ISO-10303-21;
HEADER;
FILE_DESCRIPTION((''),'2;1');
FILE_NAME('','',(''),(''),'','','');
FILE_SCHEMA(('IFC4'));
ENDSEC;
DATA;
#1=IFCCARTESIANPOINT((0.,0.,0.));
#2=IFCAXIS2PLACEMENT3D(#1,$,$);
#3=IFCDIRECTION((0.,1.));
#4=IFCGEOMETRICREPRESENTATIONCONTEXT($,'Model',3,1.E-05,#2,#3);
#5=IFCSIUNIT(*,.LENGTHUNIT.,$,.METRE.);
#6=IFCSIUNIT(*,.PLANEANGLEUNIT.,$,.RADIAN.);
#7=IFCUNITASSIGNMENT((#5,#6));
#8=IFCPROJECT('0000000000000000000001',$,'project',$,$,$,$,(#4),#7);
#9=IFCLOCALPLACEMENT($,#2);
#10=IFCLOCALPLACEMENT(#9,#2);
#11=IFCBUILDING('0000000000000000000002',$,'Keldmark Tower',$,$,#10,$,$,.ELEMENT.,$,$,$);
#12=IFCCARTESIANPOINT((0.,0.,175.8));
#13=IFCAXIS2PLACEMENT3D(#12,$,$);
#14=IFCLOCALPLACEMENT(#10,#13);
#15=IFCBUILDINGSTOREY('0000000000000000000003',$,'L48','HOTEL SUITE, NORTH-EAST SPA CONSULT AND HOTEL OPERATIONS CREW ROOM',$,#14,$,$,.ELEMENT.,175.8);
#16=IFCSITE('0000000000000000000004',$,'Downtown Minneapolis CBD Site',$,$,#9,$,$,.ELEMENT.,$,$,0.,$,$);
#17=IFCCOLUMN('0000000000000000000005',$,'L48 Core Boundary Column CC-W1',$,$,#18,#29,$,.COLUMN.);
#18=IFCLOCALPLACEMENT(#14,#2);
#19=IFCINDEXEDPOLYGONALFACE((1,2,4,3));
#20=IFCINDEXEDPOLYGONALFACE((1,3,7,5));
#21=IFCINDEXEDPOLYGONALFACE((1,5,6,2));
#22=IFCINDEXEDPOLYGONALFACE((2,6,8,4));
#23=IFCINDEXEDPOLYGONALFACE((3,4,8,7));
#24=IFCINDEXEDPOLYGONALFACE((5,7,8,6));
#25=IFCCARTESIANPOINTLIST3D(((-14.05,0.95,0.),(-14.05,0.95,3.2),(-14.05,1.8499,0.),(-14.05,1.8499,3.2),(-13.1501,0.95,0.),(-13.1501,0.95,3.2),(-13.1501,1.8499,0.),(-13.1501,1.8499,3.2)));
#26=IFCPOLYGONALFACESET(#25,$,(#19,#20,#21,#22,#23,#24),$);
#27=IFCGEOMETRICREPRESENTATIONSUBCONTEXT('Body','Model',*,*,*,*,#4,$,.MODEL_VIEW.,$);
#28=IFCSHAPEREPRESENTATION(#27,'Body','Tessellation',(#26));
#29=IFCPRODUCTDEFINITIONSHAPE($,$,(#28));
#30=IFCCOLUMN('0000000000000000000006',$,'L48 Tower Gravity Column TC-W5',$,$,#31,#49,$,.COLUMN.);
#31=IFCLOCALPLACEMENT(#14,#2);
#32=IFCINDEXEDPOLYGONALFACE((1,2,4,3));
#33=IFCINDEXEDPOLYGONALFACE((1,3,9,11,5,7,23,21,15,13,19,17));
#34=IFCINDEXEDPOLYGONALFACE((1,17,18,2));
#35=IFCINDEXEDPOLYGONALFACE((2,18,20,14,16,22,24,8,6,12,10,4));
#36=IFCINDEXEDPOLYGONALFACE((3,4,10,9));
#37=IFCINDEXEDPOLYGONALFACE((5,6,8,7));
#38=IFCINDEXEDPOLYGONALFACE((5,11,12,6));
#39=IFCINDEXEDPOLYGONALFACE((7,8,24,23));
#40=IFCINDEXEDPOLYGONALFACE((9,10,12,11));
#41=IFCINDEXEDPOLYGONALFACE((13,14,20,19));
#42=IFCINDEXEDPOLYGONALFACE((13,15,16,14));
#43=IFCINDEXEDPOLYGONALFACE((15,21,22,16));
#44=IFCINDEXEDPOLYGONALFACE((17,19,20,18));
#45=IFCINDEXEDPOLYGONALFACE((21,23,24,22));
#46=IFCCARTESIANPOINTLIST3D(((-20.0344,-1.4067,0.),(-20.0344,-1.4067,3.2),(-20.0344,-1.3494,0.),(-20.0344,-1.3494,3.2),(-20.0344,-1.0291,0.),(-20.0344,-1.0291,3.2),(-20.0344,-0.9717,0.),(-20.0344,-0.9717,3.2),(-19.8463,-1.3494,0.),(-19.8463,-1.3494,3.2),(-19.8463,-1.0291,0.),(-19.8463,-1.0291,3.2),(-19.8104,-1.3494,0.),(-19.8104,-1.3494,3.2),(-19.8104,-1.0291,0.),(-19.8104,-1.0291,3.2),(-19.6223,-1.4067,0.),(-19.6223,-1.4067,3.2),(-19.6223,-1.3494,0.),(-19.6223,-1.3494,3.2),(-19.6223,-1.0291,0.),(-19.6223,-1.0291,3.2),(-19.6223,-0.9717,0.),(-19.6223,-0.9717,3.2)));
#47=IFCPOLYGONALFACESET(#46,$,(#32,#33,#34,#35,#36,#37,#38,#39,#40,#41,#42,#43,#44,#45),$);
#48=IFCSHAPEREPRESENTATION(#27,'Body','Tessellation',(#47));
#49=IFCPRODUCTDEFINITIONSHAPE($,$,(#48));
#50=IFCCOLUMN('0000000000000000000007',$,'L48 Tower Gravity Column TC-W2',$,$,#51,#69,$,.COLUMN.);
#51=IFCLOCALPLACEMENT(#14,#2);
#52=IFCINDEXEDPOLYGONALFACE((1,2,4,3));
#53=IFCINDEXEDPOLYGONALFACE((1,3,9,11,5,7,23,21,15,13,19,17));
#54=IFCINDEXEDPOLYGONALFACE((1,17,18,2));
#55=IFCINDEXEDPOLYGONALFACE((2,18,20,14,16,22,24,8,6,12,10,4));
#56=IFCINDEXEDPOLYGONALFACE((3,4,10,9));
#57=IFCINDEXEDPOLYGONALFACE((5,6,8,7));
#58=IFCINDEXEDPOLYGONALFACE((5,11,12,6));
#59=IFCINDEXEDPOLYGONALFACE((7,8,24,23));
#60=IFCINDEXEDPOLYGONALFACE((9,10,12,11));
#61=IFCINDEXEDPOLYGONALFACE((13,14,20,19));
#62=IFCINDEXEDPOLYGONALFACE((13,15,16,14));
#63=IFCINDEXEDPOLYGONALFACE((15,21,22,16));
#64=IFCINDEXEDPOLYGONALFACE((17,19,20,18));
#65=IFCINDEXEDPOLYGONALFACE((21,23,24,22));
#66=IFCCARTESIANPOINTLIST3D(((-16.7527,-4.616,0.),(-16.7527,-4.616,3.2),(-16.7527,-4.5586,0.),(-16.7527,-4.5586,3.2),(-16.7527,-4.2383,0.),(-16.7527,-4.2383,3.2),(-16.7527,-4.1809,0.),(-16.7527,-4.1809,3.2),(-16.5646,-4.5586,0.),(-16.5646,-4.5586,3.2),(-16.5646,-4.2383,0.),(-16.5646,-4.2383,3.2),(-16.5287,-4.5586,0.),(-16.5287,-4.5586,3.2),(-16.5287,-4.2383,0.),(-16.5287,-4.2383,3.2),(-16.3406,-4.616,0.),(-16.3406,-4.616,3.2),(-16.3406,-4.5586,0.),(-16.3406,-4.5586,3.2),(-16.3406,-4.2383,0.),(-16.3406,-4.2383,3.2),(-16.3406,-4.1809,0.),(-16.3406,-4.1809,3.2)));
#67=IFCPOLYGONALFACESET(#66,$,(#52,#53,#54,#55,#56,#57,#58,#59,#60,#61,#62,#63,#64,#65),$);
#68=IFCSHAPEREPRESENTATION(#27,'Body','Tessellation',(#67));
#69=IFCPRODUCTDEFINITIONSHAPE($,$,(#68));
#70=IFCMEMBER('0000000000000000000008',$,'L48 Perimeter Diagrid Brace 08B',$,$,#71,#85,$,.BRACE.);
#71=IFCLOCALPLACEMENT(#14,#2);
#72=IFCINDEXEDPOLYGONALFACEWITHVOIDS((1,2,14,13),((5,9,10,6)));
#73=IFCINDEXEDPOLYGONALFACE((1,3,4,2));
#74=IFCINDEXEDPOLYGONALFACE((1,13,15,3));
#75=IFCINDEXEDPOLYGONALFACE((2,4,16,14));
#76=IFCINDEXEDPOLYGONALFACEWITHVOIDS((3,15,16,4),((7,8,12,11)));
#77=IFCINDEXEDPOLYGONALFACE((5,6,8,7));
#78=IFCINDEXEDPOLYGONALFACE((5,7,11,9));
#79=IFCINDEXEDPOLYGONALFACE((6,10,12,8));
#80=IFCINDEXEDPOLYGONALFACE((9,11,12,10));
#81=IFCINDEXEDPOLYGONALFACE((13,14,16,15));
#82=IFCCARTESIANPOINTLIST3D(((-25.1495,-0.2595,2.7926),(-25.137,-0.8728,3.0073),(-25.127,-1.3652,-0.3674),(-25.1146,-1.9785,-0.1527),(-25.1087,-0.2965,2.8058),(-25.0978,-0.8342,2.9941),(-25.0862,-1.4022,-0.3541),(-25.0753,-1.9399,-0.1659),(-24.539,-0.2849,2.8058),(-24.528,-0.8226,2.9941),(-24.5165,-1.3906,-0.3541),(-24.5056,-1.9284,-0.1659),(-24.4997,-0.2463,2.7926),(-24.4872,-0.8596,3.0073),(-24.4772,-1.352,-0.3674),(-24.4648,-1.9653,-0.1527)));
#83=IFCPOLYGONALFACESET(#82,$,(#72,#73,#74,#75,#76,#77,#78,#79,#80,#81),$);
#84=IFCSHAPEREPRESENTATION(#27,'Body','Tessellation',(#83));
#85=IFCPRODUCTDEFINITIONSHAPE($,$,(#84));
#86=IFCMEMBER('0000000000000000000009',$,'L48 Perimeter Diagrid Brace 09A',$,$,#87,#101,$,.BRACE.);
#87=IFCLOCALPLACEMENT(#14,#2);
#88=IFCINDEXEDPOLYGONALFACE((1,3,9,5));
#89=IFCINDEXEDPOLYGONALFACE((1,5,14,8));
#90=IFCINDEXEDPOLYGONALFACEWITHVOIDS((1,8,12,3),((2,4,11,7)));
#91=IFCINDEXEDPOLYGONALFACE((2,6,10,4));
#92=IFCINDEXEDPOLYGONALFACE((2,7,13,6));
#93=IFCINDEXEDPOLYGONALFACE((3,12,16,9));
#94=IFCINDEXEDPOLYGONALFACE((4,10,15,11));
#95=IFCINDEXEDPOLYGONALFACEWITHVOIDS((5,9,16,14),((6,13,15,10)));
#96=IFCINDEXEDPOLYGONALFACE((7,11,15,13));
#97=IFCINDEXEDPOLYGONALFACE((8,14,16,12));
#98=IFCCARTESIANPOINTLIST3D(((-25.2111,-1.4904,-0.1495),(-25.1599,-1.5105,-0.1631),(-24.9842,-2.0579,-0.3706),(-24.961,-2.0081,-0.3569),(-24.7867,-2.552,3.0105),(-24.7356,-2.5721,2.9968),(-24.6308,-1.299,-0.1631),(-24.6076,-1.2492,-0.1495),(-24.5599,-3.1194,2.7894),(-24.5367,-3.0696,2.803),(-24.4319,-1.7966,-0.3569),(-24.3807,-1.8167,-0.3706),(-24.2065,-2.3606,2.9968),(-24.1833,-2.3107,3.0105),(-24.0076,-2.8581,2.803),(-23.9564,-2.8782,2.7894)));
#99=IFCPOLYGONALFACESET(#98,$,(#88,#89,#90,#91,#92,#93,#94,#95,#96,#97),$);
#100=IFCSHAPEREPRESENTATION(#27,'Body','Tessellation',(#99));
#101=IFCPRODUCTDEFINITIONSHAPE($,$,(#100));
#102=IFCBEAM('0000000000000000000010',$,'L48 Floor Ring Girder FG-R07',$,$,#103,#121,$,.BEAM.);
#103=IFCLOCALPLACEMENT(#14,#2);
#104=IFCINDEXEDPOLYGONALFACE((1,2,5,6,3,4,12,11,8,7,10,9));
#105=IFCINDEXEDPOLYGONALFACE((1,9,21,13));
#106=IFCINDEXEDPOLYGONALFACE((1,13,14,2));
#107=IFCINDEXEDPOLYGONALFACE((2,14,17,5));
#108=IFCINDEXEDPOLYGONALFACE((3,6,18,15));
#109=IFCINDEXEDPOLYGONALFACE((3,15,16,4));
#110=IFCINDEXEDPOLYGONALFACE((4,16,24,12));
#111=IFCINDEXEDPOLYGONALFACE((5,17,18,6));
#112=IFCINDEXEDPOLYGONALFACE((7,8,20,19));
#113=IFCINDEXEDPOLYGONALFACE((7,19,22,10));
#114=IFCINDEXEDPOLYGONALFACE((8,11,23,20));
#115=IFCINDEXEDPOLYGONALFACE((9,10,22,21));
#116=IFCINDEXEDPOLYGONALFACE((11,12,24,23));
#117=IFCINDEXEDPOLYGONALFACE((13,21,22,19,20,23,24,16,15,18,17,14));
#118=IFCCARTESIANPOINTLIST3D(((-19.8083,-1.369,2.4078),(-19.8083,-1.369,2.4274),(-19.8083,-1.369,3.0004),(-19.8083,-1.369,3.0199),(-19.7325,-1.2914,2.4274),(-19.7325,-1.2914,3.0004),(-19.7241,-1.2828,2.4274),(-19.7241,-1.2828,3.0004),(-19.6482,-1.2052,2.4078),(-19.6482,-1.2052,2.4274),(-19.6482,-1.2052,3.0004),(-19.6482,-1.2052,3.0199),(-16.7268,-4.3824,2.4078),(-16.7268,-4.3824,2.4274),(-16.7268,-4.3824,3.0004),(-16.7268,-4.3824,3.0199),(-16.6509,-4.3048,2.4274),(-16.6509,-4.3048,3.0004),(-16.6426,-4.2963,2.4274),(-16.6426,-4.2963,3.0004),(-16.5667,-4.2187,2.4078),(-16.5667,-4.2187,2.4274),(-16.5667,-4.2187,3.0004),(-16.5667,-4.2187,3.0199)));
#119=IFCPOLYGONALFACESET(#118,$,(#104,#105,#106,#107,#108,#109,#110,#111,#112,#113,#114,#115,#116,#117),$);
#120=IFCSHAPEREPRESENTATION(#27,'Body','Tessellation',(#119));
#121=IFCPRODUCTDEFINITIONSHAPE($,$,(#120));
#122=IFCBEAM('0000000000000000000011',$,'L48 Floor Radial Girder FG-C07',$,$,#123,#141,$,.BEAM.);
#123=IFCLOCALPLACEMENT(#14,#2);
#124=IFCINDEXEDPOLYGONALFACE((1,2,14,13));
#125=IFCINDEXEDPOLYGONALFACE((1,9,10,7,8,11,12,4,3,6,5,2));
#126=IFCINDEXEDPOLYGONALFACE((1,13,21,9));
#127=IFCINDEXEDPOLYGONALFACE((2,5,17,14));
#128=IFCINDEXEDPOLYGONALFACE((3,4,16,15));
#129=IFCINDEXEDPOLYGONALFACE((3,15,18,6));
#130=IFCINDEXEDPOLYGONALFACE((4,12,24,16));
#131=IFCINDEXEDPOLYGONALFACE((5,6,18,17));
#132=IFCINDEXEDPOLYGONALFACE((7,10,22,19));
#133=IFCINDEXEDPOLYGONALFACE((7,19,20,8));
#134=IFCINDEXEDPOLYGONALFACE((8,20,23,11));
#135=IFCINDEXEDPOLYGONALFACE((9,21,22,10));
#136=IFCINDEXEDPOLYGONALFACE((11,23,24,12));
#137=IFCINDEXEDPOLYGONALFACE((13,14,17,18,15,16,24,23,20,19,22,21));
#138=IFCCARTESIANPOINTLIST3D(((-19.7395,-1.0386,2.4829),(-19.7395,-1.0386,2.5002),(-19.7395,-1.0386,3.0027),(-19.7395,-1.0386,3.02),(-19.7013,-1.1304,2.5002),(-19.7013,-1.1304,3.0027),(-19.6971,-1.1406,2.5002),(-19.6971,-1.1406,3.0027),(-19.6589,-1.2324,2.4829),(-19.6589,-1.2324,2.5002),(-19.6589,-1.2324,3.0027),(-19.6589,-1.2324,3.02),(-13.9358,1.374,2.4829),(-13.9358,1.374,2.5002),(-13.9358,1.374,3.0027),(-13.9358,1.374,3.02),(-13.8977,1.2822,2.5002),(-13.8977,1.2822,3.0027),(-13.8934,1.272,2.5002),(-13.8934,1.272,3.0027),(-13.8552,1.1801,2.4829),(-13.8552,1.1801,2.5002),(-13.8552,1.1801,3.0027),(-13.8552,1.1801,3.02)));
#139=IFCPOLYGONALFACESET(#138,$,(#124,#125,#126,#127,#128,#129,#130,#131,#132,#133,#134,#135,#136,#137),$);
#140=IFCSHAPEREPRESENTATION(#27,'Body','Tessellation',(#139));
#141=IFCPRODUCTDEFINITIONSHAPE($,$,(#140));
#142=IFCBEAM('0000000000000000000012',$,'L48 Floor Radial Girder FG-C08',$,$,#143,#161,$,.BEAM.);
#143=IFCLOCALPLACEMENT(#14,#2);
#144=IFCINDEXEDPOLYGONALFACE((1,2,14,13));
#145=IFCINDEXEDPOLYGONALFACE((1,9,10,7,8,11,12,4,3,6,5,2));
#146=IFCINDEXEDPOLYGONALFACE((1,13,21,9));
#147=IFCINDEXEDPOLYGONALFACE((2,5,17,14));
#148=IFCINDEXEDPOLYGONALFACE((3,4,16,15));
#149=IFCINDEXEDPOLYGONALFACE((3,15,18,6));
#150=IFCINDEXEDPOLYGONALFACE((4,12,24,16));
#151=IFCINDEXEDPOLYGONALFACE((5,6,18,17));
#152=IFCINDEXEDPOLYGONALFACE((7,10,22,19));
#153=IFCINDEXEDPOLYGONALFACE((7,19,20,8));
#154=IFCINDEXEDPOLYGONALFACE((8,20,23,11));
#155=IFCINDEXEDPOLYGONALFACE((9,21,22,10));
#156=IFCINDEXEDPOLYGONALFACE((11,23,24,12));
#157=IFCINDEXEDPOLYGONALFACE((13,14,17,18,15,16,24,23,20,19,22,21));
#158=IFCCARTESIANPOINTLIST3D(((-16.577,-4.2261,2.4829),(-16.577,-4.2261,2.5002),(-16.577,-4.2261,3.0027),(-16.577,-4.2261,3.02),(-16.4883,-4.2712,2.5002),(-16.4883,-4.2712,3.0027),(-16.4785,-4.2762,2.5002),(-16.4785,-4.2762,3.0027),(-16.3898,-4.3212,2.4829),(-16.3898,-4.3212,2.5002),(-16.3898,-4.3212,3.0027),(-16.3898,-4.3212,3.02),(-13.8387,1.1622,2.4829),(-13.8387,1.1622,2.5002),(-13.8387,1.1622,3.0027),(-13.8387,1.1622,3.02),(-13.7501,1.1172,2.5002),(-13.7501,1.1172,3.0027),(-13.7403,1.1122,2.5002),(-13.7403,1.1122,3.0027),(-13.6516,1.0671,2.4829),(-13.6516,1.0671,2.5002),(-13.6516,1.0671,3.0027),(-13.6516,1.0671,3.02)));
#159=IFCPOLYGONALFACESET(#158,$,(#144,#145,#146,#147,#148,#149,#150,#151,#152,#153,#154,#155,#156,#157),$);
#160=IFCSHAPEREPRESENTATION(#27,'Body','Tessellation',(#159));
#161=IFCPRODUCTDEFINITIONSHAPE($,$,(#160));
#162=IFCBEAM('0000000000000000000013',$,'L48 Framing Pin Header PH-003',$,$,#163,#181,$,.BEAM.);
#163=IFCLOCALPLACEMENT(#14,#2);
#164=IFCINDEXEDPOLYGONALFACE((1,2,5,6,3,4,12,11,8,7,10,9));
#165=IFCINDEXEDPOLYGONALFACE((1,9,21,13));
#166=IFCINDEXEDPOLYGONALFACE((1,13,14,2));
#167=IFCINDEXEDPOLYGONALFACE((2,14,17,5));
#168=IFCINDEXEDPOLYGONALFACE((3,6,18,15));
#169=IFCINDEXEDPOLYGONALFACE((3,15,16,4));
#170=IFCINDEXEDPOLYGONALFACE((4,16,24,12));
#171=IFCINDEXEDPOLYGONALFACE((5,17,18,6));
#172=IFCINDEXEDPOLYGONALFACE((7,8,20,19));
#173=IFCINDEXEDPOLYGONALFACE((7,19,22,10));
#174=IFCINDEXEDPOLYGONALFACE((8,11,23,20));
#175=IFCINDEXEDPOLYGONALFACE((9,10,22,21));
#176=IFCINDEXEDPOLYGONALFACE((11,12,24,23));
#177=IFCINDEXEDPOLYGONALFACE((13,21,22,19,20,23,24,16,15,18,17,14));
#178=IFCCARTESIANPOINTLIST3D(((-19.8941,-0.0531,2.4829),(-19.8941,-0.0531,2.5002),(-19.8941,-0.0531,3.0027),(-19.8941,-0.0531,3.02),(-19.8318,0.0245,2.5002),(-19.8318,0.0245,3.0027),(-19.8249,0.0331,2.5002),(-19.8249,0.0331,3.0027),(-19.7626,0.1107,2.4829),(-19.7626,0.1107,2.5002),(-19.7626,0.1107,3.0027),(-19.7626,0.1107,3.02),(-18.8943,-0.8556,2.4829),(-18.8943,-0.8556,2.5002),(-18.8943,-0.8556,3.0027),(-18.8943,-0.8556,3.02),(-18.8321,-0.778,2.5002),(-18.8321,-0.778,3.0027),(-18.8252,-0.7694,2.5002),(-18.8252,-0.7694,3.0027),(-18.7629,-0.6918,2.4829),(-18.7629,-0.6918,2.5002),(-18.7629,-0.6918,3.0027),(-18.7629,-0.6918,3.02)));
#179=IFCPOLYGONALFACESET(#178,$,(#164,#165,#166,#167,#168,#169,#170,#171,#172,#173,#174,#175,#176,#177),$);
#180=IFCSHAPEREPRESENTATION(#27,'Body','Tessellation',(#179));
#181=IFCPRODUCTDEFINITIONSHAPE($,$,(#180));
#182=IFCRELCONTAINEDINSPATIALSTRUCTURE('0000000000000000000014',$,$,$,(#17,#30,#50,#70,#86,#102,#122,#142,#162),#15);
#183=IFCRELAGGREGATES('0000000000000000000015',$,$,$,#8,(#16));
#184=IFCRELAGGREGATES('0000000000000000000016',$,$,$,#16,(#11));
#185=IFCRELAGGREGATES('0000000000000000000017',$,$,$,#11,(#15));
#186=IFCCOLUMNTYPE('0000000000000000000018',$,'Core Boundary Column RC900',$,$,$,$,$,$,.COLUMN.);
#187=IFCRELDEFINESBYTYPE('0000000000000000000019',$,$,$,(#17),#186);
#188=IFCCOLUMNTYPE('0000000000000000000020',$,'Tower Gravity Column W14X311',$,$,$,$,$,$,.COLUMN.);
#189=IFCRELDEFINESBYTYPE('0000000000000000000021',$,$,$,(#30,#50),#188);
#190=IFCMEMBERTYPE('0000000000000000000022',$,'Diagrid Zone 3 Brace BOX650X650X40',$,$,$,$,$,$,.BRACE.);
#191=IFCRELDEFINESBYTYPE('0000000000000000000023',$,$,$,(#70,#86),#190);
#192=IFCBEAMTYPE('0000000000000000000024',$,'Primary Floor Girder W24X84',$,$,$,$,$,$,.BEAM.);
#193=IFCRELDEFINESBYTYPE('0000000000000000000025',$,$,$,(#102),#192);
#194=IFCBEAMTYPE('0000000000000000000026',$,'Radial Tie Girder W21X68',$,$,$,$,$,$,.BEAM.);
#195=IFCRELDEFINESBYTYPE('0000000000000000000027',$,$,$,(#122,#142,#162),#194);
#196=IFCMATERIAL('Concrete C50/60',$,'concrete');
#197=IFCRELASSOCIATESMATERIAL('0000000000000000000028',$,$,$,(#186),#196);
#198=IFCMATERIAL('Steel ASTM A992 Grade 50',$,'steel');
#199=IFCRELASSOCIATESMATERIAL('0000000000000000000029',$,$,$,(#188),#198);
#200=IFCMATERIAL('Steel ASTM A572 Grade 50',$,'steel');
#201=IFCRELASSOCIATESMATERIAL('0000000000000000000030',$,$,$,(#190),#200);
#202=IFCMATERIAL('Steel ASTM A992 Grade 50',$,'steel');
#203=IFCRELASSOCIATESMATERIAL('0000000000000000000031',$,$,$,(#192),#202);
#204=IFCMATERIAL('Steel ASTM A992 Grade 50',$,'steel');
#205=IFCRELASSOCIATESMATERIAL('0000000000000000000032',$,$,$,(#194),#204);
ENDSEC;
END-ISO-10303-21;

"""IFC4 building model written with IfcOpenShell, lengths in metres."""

from ifc_helpers import new_model, si_unit, direction, frame, origin, origin_2d, place, context, subcontext, project, spatial, rectangle, hollow_rectangle, i_section, extrude, material, material_profile, profile_set, type_object, element, save


model = new_model("IFC4")

# Units and contexts
model_context = context("Model", 3, precision=1e-05, world=origin(), true_north=direction((0.0, 1.0)))
body_context = subcontext(model_context, "Body", "Model", "MODEL_VIEW")
ifc_project = project(units=[si_unit("LENGTHUNIT", "METRE"), si_unit("PLANEANGLEUNIT", "RADIAN")], contexts=[model_context])

# Site, building, storey
site_placement = place(None, origin())
site = spatial("IfcSite", under=ifc_project, at=site_placement, Name="Downtown Minneapolis CBD Site", CompositionType="ELEMENT", RefElevation=0.0)
building_placement = place(site_placement, origin())
building = spatial("IfcBuilding", under=site, at=building_placement, Name="Keldmark Tower", CompositionType="ELEMENT")
storey_placement = place(building_placement, frame((0.0, 0.0, 175.8)))
storey = spatial("IfcBuildingStorey", under=building, at=storey_placement, Name="L48", Description="HOTEL SUITE, NORTH-EAST SPA CONSULT AND HOTEL OPERATIONS CREW ROOM", CompositionType="ELEMENT", Elevation=175.8)

# Columns
ifc_material_1 = material(Name="Concrete C50/60", Category="concrete")
ifc_material_profile_1 = material_profile(ifc_material_1, rectangle(XDim=0.8999, YDim=0.8999, at=origin_2d()), Name="RC900X900")
ifc_profile_set_1 = profile_set([ifc_material_profile_1], Name="Concrete C50/60")
column_type_1 = type_object("IfcColumnType", Name="Core Boundary Column RC900", PredefinedType="COLUMN", material=ifc_profile_set_1)
column_placement = place(storey_placement, frame((-13.6001, 1.3999, 0.0), z_axis=(0.0, 0.0, 1.0), x_axis=(1.0, 0.0, 0.0)))
element("IfcColumn", 1, at=column_placement, inside=storey, type_object=column_type_1, Name="L48 Core Boundary Column CC-W1", PredefinedType="COLUMN", context=body_context, shape_type="SweptSolid", body=[
    extrude(rectangle(XDim=0.8999, YDim=0.8999, at=origin_2d()), origin(), (0.0, 0.0, 1.0), 3.2),
])
ifc_material_2 = material(Name="Steel ASTM A992 Grade 50", Category="steel")
ifc_material_profile_2 = material_profile(ifc_material_2, i_section(OverallWidth=0.4121, OverallDepth=0.4351, WebThickness=0.0359, FlangeThickness=0.0574, at=origin_2d()), Name="W14X311")
ifc_profile_set_2 = profile_set([ifc_material_profile_2], Name="Steel ASTM A992 Grade 50")
column_type_2 = type_object("IfcColumnType", Name="Tower Gravity Column W14X311", PredefinedType="COLUMN", material=ifc_profile_set_2)
for number, where, z_axis, x_axis, name in (
    (2, (-19.8284, -1.1892, 0.0), (0.0, 0.0, 1.0), (1.0, 0.0, 0.0), "L48 Tower Gravity Column TC-W5"),
    (3, (-16.5466, -4.3984, 0.0), (0.0, 0.0, 1.0), (1.0, 0.0, 0.0), "L48 Tower Gravity Column TC-W2"),
):
    element("IfcColumn", number, at=place(storey_placement, frame(where, z_axis=z_axis, x_axis=x_axis)), inside=storey, type_object=column_type_2, Name=name, PredefinedType="COLUMN", context=body_context, shape_type="SweptSolid", body=[
        extrude(i_section(OverallWidth=0.4121, OverallDepth=0.4351, WebThickness=0.0359, FlangeThickness=0.0574, at=origin_2d()), origin(), (0.0, 0.0, 1.0), 3.2),
    ])

# Members
ifc_material_3 = material(Name="Steel ASTM A572 Grade 50", Category="steel")
ifc_material_profile_3 = material_profile(ifc_material_3, hollow_rectangle(XDim=0.6499, YDim=0.6499, WallThickness=0.04, at=origin_2d()), Name="BOX650X650X40")
ifc_profile_set_3 = profile_set([ifc_material_profile_3], Name="Steel ASTM A572 Grade 50")
member_type = type_object("IfcMemberType", Name="Diagrid Zone 3 Brace BOX650X650X40", PredefinedType="BRACE", material=ifc_profile_set_3)
member_1_placement = place(storey_placement, frame((-24.7959, -1.6653, -0.26), z_axis=(-0.006709, 0.330275, 0.943861), x_axis=(-0.999794, -0.020309, 0.0)))
element("IfcMember", 4, at=member_1_placement, inside=storey, type_object=member_type, Name="L48 Perimeter Diagrid Brace 08B", PredefinedType="BRACE", context=body_context, shape_type="SweptSolid", body=[
    extrude(hollow_rectangle(XDim=0.6499, YDim=0.6499, WallThickness=0.04, at=origin_2d()), origin(), (0.0, 0.0, 1.0), 3.3479),
])
member_2_placement = place(storey_placement, frame((-24.7959, -1.6536, -0.26), z_axis=(0.126272, -0.315897, 0.940353), x_axis=(0.928565, 0.37117, 0.0)))
element("IfcMember", 5, at=member_2_placement, inside=storey, type_object=member_type, Name="L48 Perimeter Diagrid Brace 09A", PredefinedType="BRACE", context=body_context, shape_type="SweptSolid", body=[
    extrude(hollow_rectangle(XDim=0.6499, YDim=0.6499, WallThickness=0.04, at=origin_2d()), origin(), (0.0, 0.0, 1.0), 3.3604),
])

# Beams
ifc_material_4 = material(Name="Steel ASTM A992 Grade 50", Category="steel")
ifc_material_profile_4 = material_profile(ifc_material_4, i_section(OverallWidth=0.229, OverallDepth=0.6121, WebThickness=0.012, FlangeThickness=0.0195, at=origin_2d()), Name="W24X84")
ifc_profile_set_4 = profile_set([ifc_material_profile_4], Name="Steel ASTM A992 Grade 50")
beam_type_1 = type_object("IfcBeamType", Name="Primary Floor Girder W24X84", PredefinedType="BEAM", material=ifc_profile_set_4)
beam_1_placement = place(storey_placement, frame((-19.7283, -1.2871, 2.7139), z_axis=(0.714965, -0.699161, 0.0), x_axis=(0.699161, 0.714965, 0.0)))
element("IfcBeam", 6, at=beam_1_placement, inside=storey, type_object=beam_type_1, Name="L48 Floor Ring Girder FG-R07", PredefinedType="BEAM", context=body_context, shape_type="SweptSolid", body=[
    extrude(i_section(OverallWidth=0.229, OverallDepth=0.6121, WebThickness=0.012, FlangeThickness=0.0195, at=origin_2d()), origin(), (0.0, 0.0, 1.0), 4.3101),
])
ifc_material_5 = material(Name="Steel ASTM A992 Grade 50", Category="steel")
ifc_material_profile_5 = material_profile(ifc_material_5, i_section(OverallWidth=0.21, OverallDepth=0.5371, WebThickness=0.011, FlangeThickness=0.0173, at=origin_2d()), Name="W21X68")
ifc_profile_set_5 = profile_set([ifc_material_profile_5], Name="Steel ASTM A992 Grade 50")
beam_type_2 = type_object("IfcBeamType", Name="Radial Tie Girder W21X68", PredefinedType="BEAM", material=ifc_profile_set_5)
beam_2_placement = place(storey_placement, frame((-19.6992, -1.1355, 2.7515), z_axis=(0.923394, 0.383854, 0.0), x_axis=(-0.383854, 0.923394, 0.0)))
element("IfcBeam", 7, at=beam_2_placement, inside=storey, type_object=beam_type_2, Name="L48 Floor Radial Girder FG-C07", PredefinedType="BEAM", context=body_context, shape_type="SweptSolid", body=[
    extrude(i_section(OverallWidth=0.21, OverallDepth=0.5371, WebThickness=0.011, FlangeThickness=0.0173, at=origin_2d()), origin(), (0.0, 0.0, 1.0), 6.2852),
])
beam_3_placement = place(storey_placement, frame((-16.4834, -4.2737, 2.7515), z_axis=(0.453037, 0.891492, 0.0), x_axis=(-0.891492, 0.453037, 0.0)))
element("IfcBeam", 8, at=beam_3_placement, inside=storey, type_object=beam_type_2, Name="L48 Floor Radial Girder FG-C08", PredefinedType="BEAM", context=body_context, shape_type="SweptSolid", body=[
    extrude(i_section(OverallWidth=0.21, OverallDepth=0.5371, WebThickness=0.011, FlangeThickness=0.0173, at=origin_2d()), origin(), (0.0, 0.0, 1.0), 6.0442),
])
beam_4_placement = place(storey_placement, frame((-18.8286, -0.7737, 2.7515), z_axis=(-0.779846, 0.625972, 0.0), x_axis=(-0.625972, -0.779846, 0.0)))
element("IfcBeam", 9, at=beam_4_placement, inside=storey, type_object=beam_type_2, Name="L48 Framing Pin Header PH-003", PredefinedType="BEAM", context=body_context, shape_type="SweptSolid", body=[
    extrude(i_section(OverallWidth=0.21, OverallDepth=0.5371, WebThickness=0.011, FlangeThickness=0.0173, at=origin_2d()), origin(), (0.0, 0.0, 1.0), 1.282),
])

save(model, "model.ifc")
